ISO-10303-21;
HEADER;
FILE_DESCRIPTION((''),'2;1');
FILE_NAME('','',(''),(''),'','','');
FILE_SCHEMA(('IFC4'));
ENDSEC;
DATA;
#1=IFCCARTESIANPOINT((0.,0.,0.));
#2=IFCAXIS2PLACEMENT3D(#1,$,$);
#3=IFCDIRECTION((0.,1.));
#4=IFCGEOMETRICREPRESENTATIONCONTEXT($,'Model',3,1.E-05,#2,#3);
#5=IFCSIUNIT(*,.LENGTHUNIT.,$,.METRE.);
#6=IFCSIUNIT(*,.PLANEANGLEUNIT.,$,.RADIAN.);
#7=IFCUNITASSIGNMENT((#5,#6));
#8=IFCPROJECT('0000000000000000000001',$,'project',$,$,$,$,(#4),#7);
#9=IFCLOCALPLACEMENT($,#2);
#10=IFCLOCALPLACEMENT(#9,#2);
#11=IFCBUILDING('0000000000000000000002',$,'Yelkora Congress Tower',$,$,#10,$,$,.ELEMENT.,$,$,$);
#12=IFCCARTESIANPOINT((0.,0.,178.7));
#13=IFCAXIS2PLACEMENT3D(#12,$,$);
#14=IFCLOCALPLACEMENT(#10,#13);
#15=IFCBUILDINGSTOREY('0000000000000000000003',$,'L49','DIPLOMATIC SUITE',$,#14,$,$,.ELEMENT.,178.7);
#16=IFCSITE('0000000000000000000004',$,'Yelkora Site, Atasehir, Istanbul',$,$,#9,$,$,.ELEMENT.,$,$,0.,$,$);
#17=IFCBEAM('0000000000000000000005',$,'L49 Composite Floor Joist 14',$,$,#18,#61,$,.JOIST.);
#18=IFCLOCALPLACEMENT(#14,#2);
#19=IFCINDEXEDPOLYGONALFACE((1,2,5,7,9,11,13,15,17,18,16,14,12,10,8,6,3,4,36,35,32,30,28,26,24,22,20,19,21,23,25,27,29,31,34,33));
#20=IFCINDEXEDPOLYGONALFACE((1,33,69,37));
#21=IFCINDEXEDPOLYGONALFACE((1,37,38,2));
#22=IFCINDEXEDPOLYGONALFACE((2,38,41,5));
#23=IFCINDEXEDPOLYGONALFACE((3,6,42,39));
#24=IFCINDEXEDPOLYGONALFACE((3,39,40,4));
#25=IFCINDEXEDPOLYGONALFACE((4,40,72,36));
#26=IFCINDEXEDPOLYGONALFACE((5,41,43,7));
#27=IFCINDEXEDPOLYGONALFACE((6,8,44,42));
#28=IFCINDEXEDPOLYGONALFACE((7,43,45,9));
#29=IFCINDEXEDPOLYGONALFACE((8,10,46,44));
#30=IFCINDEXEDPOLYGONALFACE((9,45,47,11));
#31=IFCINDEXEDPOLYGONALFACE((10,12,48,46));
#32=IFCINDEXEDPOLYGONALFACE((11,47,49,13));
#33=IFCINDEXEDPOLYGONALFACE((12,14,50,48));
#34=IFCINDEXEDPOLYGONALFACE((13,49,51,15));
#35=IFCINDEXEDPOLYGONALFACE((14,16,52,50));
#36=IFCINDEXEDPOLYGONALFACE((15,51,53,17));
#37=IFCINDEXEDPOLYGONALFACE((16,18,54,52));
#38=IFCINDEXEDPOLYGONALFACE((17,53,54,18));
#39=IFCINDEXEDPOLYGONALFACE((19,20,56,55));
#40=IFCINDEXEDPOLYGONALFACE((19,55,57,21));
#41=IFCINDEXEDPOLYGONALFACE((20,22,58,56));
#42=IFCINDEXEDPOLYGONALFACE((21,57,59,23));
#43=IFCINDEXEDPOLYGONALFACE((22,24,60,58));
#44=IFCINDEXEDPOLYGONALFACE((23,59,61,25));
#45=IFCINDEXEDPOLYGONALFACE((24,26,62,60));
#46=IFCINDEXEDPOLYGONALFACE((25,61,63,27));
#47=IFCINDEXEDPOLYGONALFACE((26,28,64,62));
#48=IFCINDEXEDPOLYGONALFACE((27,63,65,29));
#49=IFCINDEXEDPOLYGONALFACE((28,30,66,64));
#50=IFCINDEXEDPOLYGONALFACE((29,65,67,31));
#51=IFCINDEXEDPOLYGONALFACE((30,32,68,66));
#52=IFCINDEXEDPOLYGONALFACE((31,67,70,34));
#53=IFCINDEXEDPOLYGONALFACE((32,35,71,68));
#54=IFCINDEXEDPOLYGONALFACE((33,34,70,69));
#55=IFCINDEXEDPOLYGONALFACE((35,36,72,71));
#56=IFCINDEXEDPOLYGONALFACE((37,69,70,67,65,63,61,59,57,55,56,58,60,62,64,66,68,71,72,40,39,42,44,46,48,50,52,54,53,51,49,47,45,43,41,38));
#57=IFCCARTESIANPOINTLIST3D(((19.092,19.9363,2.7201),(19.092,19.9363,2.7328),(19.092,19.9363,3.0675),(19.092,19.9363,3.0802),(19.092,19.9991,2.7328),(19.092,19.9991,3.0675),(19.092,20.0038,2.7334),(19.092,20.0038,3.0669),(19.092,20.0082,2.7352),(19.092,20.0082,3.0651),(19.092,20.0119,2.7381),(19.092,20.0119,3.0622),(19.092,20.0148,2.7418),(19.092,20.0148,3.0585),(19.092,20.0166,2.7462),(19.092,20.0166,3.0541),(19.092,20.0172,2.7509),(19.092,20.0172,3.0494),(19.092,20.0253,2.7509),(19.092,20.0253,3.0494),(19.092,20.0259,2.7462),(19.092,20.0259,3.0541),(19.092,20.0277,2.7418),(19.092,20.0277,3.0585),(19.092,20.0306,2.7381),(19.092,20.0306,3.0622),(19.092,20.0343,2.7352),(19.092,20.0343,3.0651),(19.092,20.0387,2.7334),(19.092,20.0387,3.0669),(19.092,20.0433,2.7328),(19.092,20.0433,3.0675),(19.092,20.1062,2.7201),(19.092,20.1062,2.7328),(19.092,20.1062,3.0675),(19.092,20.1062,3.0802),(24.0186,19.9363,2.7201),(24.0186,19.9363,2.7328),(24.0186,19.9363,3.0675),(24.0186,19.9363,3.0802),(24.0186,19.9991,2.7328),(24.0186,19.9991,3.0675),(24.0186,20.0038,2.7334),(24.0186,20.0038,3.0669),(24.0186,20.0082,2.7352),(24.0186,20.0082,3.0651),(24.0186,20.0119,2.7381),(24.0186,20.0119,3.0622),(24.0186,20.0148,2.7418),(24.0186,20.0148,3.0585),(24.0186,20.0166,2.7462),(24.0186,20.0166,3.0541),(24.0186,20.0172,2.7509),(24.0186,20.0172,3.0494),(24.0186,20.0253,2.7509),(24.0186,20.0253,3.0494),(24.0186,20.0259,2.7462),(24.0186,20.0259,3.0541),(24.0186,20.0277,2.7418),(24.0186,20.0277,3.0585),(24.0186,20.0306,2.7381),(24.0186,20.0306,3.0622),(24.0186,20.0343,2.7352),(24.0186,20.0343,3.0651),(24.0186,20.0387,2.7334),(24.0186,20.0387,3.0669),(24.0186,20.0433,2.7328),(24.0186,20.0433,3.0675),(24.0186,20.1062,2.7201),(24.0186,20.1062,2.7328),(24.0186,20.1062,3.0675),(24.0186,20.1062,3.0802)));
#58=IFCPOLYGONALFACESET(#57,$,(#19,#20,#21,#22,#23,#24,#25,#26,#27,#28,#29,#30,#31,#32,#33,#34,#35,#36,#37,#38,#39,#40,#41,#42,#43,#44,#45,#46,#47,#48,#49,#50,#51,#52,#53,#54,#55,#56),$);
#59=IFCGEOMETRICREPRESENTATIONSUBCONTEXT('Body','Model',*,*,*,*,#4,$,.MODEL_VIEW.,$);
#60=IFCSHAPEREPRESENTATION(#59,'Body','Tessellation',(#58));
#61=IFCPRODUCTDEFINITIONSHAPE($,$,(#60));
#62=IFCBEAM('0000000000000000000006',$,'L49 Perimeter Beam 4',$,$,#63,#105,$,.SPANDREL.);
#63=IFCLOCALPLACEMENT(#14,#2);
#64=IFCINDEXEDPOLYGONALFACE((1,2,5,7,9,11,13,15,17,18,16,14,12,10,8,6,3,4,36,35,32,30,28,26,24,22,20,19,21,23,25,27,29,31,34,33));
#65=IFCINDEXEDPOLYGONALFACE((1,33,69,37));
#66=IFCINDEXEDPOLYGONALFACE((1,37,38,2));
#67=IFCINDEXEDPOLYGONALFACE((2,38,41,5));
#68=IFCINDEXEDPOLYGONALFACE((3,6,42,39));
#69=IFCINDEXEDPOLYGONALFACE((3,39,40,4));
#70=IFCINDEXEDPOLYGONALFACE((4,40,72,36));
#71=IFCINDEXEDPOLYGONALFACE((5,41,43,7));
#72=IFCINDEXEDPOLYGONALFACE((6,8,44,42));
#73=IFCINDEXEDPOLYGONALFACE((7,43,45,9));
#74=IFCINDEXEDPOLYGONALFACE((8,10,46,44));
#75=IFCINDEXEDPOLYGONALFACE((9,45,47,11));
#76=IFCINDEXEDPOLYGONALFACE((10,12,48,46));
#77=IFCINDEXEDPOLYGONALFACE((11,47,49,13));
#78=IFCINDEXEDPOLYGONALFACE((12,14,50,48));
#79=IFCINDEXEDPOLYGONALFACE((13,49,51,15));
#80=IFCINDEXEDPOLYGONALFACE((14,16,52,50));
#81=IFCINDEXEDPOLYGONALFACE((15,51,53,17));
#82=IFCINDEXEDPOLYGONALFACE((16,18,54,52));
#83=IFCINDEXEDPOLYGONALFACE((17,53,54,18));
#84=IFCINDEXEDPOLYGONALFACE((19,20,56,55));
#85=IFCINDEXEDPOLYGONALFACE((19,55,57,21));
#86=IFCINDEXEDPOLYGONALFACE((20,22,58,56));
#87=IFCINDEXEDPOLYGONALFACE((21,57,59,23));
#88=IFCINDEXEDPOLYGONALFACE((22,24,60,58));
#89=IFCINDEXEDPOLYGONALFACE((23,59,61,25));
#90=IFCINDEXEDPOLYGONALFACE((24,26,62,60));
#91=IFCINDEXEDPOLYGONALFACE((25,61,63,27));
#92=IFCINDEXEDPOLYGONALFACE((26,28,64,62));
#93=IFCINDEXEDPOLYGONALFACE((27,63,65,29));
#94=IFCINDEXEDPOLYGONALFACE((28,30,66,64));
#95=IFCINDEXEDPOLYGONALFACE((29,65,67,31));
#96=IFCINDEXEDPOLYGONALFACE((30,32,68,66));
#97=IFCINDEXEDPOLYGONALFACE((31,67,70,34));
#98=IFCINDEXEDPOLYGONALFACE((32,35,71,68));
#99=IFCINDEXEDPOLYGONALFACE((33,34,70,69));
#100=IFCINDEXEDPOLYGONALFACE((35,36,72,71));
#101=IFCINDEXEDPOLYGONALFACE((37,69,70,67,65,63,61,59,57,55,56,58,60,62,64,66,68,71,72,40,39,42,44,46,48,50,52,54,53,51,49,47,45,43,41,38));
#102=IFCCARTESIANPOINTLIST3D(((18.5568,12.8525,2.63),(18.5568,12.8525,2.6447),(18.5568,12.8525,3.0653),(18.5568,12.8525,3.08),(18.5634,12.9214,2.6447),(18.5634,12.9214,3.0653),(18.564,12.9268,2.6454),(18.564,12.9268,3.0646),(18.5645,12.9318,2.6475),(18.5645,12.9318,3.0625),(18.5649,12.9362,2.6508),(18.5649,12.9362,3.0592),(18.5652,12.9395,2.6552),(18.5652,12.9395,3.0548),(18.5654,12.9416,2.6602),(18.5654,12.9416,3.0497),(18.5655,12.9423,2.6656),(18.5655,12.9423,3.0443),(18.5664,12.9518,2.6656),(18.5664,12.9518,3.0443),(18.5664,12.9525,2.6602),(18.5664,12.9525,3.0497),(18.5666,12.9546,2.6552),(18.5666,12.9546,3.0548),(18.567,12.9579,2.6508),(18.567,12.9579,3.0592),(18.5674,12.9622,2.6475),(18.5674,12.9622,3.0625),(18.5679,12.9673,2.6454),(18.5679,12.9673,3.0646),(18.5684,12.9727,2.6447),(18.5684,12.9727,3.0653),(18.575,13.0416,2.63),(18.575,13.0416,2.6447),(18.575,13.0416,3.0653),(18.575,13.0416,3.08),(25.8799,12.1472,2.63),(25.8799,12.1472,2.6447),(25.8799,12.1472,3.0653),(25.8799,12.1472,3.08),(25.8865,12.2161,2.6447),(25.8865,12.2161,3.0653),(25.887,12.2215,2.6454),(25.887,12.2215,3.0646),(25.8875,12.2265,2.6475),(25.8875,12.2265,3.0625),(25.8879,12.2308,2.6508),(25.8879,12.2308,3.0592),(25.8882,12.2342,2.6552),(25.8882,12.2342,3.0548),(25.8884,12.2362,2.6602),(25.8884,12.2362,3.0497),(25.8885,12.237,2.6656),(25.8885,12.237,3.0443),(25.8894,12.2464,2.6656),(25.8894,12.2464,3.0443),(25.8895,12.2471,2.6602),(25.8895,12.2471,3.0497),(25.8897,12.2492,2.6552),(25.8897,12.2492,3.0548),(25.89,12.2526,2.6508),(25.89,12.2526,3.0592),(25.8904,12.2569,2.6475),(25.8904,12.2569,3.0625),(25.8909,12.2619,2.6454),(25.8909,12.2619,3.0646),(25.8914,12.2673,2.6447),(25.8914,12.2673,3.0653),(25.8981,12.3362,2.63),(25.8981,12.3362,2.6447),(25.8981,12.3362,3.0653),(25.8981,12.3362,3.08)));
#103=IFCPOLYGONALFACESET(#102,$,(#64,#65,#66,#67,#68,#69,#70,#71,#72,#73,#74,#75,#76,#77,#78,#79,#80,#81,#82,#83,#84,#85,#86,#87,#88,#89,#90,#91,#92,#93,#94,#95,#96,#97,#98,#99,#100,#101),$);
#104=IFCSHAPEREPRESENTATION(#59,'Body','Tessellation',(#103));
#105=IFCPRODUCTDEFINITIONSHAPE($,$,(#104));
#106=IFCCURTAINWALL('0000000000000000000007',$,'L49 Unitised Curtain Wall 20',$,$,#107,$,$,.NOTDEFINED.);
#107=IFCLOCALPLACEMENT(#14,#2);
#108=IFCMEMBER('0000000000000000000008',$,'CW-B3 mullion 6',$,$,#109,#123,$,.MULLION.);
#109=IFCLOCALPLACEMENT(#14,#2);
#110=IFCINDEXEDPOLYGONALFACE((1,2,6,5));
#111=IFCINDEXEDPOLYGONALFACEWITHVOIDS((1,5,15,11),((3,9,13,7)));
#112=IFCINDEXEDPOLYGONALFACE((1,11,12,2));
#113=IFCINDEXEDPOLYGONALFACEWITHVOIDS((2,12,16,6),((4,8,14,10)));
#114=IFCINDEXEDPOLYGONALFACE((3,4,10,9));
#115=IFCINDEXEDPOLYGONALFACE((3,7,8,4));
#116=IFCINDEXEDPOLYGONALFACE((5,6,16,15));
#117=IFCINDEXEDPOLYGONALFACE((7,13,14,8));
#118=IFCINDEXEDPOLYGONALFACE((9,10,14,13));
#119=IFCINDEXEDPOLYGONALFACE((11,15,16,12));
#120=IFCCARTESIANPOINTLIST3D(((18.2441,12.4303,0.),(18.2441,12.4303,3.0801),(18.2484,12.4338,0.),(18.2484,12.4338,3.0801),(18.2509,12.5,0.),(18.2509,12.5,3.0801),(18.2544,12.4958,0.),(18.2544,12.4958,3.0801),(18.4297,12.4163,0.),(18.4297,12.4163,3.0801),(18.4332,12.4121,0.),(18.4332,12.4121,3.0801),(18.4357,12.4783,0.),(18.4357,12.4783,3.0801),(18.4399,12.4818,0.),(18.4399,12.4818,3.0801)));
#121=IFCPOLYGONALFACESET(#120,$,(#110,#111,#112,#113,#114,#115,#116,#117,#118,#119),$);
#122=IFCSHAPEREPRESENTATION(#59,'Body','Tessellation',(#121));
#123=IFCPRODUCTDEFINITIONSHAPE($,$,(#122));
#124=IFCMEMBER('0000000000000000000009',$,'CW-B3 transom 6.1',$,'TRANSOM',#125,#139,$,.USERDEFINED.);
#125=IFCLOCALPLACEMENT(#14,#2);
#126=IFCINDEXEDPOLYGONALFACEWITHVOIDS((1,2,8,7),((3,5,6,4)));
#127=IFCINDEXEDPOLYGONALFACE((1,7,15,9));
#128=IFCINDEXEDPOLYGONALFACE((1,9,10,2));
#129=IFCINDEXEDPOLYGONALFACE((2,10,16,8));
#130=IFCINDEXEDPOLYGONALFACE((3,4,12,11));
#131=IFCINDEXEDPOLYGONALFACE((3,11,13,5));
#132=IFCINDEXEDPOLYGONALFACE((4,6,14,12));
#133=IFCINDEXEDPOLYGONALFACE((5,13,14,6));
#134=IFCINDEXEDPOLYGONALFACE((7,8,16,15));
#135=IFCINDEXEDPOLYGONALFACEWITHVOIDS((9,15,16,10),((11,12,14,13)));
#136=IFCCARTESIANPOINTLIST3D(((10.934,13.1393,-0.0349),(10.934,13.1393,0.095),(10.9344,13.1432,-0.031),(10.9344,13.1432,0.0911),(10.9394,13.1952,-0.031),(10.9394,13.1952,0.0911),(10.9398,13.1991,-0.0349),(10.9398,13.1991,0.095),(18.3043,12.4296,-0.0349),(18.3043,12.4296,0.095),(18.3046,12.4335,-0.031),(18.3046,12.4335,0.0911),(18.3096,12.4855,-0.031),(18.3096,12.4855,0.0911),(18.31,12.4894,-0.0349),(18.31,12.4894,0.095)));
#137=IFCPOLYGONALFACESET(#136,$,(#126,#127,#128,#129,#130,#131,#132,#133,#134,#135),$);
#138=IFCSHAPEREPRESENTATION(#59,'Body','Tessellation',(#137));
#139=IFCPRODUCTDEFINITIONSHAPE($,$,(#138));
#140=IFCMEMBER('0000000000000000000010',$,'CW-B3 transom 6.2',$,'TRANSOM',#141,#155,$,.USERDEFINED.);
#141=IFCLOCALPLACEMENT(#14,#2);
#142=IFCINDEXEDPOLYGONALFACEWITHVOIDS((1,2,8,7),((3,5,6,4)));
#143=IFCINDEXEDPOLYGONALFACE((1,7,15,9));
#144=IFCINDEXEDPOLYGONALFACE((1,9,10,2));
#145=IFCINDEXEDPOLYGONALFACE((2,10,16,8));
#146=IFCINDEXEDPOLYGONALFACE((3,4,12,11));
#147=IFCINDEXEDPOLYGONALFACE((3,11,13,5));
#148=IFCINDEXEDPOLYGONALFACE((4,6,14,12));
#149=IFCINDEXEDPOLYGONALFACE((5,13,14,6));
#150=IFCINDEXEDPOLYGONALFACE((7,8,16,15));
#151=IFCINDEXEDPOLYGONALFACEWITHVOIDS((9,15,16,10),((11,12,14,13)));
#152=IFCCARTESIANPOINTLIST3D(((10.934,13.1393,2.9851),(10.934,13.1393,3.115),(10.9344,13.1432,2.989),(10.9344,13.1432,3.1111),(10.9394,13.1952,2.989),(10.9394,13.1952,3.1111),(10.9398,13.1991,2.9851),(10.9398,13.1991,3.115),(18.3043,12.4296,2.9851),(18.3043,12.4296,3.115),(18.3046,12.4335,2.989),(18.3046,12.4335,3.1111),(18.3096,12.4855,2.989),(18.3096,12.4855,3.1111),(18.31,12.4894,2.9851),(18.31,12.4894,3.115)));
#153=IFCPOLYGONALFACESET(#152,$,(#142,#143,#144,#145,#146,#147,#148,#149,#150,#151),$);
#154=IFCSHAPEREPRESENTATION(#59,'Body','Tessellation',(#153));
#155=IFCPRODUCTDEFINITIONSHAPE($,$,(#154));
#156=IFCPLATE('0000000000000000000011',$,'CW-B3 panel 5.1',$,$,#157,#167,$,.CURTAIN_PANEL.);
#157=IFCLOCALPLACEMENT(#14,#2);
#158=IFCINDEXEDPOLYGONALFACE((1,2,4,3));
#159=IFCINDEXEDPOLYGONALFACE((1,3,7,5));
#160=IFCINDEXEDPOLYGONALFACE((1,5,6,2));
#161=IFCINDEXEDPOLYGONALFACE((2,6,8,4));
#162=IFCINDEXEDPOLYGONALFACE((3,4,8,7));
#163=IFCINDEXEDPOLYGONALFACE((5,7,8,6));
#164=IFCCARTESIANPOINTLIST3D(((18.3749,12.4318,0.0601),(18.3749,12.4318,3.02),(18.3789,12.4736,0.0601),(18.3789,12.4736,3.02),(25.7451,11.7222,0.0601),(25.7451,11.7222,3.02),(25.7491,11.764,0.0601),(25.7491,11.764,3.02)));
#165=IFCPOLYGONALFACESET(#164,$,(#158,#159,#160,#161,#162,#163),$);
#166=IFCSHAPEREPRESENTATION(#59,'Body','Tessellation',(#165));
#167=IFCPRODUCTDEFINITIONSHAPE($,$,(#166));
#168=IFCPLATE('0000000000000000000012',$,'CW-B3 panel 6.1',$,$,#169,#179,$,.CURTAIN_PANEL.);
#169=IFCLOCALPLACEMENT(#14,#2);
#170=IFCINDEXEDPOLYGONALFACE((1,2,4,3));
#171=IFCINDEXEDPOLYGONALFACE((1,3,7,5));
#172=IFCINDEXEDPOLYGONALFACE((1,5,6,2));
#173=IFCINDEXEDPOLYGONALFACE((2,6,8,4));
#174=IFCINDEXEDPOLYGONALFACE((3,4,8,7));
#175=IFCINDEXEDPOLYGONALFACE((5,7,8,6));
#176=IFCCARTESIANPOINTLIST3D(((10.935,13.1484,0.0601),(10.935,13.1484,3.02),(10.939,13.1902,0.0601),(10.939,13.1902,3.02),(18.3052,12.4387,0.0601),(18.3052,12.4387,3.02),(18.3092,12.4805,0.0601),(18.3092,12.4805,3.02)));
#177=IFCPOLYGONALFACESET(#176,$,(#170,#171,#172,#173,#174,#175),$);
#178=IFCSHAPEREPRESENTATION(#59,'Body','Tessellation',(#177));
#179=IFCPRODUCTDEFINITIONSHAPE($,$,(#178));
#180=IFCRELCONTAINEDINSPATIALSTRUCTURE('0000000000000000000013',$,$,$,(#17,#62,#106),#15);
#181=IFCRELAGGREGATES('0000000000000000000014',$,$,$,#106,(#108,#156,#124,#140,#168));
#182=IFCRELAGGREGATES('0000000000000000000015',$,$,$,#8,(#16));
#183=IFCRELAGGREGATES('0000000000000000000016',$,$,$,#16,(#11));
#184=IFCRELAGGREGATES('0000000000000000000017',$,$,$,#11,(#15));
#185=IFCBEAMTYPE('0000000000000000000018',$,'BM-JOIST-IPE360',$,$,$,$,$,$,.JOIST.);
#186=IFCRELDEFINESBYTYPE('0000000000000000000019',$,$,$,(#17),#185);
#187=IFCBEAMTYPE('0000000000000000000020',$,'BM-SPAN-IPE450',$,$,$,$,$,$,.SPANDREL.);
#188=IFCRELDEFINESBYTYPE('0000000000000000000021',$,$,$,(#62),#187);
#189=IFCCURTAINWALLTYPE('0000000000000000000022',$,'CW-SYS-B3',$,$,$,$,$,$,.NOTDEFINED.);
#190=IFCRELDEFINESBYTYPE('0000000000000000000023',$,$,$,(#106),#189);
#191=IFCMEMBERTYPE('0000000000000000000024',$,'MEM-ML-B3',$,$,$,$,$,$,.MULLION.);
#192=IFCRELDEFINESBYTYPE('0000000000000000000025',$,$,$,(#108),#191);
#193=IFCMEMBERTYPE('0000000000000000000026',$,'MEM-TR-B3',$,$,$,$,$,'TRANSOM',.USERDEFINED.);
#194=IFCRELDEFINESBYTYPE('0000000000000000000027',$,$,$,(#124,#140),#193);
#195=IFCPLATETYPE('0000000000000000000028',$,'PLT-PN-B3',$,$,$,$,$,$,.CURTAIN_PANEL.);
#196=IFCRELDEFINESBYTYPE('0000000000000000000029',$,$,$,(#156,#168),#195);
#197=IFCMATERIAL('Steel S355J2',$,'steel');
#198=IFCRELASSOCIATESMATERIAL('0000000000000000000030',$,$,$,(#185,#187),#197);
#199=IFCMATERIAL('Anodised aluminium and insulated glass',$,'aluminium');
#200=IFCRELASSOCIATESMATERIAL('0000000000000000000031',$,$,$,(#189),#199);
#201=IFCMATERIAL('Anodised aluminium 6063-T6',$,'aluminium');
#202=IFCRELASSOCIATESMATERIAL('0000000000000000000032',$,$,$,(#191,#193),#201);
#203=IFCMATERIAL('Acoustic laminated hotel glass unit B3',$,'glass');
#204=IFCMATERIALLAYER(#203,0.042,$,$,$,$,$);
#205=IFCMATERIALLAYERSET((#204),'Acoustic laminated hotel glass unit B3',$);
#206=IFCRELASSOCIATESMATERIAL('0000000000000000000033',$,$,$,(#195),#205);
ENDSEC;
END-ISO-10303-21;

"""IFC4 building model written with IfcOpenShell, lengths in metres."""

from ifc_helpers import new_model, si_unit, direction, frame, origin, origin_2d, place, context, subcontext, project, spatial, rectangle, hollow_rectangle, i_section, extrude, material, layer, layer_set, material_profile, profile_set, type_object, element, aggregate, save


model = new_model("IFC4")

# Units and contexts
model_context = context("Model", 3, precision=1e-05, world=origin(), true_north=direction((0.0, 1.0)))
body_context = subcontext(model_context, "Body", "Model", "MODEL_VIEW")
ifc_project = project(units=[si_unit("LENGTHUNIT", "METRE"), si_unit("PLANEANGLEUNIT", "RADIAN")], contexts=[model_context])

# Site, building, storey
site_placement = place(None, origin())
site = spatial("IfcSite", under=ifc_project, at=site_placement, Name="Yelkora Site, Atasehir, Istanbul", CompositionType="ELEMENT", RefElevation=0.0)
building_placement = place(site_placement, origin())
building = spatial("IfcBuilding", under=site, at=building_placement, Name="Yelkora Congress Tower", CompositionType="ELEMENT")
storey_placement = place(building_placement, frame((0.0, 0.0, 178.7)))
storey = spatial("IfcBuildingStorey", under=building, at=storey_placement, Name="L49", Description="DIPLOMATIC SUITE", CompositionType="ELEMENT", Elevation=178.7)

# Beams
ifc_material_1 = material(Name="Steel S355J2", Category="steel")
ifc_material_profile_1 = material_profile(ifc_material_1, i_section(OverallWidth=0.1699, OverallDepth=0.3601, WebThickness=0.0081, FlangeThickness=0.0127, FilletRadius=0.0181, at=origin_2d()), Name="IPE 360")
ifc_profile_set_1 = profile_set([ifc_material_profile_1], Name="Steel S355J2")
beam_type_1 = type_object("IfcBeamType", Name="BM-JOIST-IPE360", PredefinedType="JOIST", material=ifc_profile_set_1)
beam_1_placement = place(storey_placement, frame((19.092, 20.0212, 2.9001), z_axis=(1.0, 0.0, 0.0), x_axis=(0.0, 1.0, 0.0)))
element("IfcBeam", 1, at=beam_1_placement, inside=storey, type_object=beam_type_1, Name="L49 Composite Floor Joist 14", PredefinedType="JOIST", context=body_context, shape_type="SweptSolid", body=[
    extrude(i_section(OverallWidth=0.1699, OverallDepth=0.3601, WebThickness=0.0081, FlangeThickness=0.0127, FilletRadius=0.0181, at=origin_2d()), origin(), (0.0, 0.0, 1.0), 4.9265),
])
ifc_material_profile_2 = material_profile(ifc_material_1, i_section(OverallWidth=0.1899, OverallDepth=0.45, WebThickness=0.0095, FlangeThickness=0.0146, FilletRadius=0.021, at=origin_2d()), Name="IPE 450")
ifc_profile_set_2 = profile_set([ifc_material_profile_2], Name="Steel S355J2")
beam_type_2 = type_object("IfcBeamType", Name="BM-SPAN-IPE450", PredefinedType="SPANDREL", material=ifc_profile_set_2)
beam_2_placement = place(storey_placement, frame((18.5659, 12.947, 2.855), z_axis=(0.995394, -0.095872, 0.0), x_axis=(0.095872, 0.995394, 0.0)))
element("IfcBeam", 2, at=beam_2_placement, inside=storey, type_object=beam_type_2, Name="L49 Perimeter Beam 4", PredefinedType="SPANDREL", context=body_context, shape_type="SweptSolid", body=[
    extrude(i_section(OverallWidth=0.1899, OverallDepth=0.45, WebThickness=0.0095, FlangeThickness=0.0146, FilletRadius=0.021, at=origin_2d()), origin(), (0.0, 0.0, 1.0), 7.3569),
])

# Curtain wall, members, plates
ifc_material_2 = material(Name="Anodised aluminium and insulated glass", Category="aluminium")
curtain_wall_type = type_object("IfcCurtainWallType", Name="CW-SYS-B3", PredefinedType="NOTDEFINED", material=ifc_material_2)
curtain_wall_placement = place(storey_placement, origin())
curtain_wall = element("IfcCurtainWall", 3, at=curtain_wall_placement, inside=storey, type_object=curtain_wall_type, Name="L49 Unitised Curtain Wall 20", PredefinedType="NOTDEFINED")
ifc_material_3 = material(Name="Anodised aluminium 6063-T6", Category="aluminium")
ifc_material_profile_3 = material_profile(ifc_material_3, hollow_rectangle(XDim=0.0701, YDim=0.1899, WallThickness=0.0039, at=origin_2d()), Name="ALU 70x190x4")
ifc_profile_set_3 = profile_set([ifc_material_profile_3], Name="Anodised aluminium 6063-T6")
member_type_1 = type_object("IfcMemberType", Name="MEM-ML-B3", PredefinedType="MULLION", material=ifc_profile_set_3)
member_1_placement = place(storey_placement, frame((18.342, 12.4561, 0.0), z_axis=(0.0, 0.0, 1.0), x_axis=(-0.095845, -0.995396, 0.0)))
member_1 = element("IfcMember", 4, at=member_1_placement, type_object=member_type_1, Name="CW-B3 mullion 6", PredefinedType="MULLION", context=body_context, shape_type="SweptSolid", body=[
    extrude(hollow_rectangle(XDim=0.0701, YDim=0.1899, WallThickness=0.0039, at=origin_2d()), origin(), (0.0, 0.0, 1.0), 3.0801),
])
ifc_material_profile_4 = material_profile(ifc_material_3, hollow_rectangle(XDim=0.0601, YDim=0.1299, WallThickness=0.0039, at=origin_2d()), Name="ALU 60x130x4")
ifc_profile_set_4 = profile_set([ifc_material_profile_4], Name="Anodised aluminium 6063-T6")
member_type_2 = type_object("IfcMemberType", Name="MEM-TR-B3", ElementType="TRANSOM", PredefinedType="USERDEFINED", material=ifc_profile_set_4)
member_2_placement = place(storey_placement, frame((18.3071, 12.4595, 0.03), z_axis=(-0.995395, 0.095853, 0.0), x_axis=(-0.095853, -0.995395, 0.0)))
member_2 = element("IfcMember", 5, at=member_2_placement, type_object=member_type_2, Name="CW-B3 transom 6.1", ObjectType="TRANSOM", PredefinedType="USERDEFINED", context=body_context, shape_type="SweptSolid", body=[
    extrude(hollow_rectangle(XDim=0.0601, YDim=0.1299, WallThickness=0.0039, at=origin_2d()), origin(), (0.0, 0.0, 1.0), 7.4043),
])
member_3_placement = place(storey_placement, frame((18.3071, 12.4595, 3.05), z_axis=(-0.995395, 0.095853, 0.0), x_axis=(-0.095853, -0.995395, 0.0)))
member_3 = element("IfcMember", 6, at=member_3_placement, type_object=member_type_2, Name="CW-B3 transom 6.2", ObjectType="TRANSOM", PredefinedType="USERDEFINED", context=body_context, shape_type="SweptSolid", body=[
    extrude(hollow_rectangle(XDim=0.0601, YDim=0.1299, WallThickness=0.0039, at=origin_2d()), origin(), (0.0, 0.0, 1.0), 7.4043),
])
ifc_material_4 = material(Name="Acoustic laminated hotel glass unit B3", Category="glass")
ifc_layer_1 = layer(ifc_material_4, 0.042)
ifc_layer_set_1 = layer_set([ifc_layer_1], Name="Acoustic laminated hotel glass unit B3")
plate_type = type_object("IfcPlateType", Name="PLT-PN-B3", PredefinedType="CURTAIN_PANEL", material=ifc_layer_set_1)
plate_1_placement = place(storey_placement, frame((22.062, 12.0979, 0.0601), z_axis=(0.0, 0.0, 1.0), x_axis=(-0.995396, 0.095845, 0.0)))
plate_1 = element("IfcPlate", 7, at=plate_1_placement, type_object=plate_type, Name="CW-B3 panel 5.1", PredefinedType="CURTAIN_PANEL", context=body_context, shape_type="SweptSolid", body=[
    extrude(rectangle(XDim=7.4043, YDim=0.042, at=origin_2d()), origin(), (0.0, 0.0, 1.0), 2.96),
])
plate_2_placement = place(storey_placement, frame((14.6221, 12.8145, 0.0601), z_axis=(0.0, 0.0, 1.0), x_axis=(-0.995396, 0.095845, 0.0)))
plate_2 = element("IfcPlate", 8, at=plate_2_placement, type_object=plate_type, Name="CW-B3 panel 6.1", PredefinedType="CURTAIN_PANEL", context=body_context, shape_type="SweptSolid", body=[
    extrude(rectangle(XDim=7.4043, YDim=0.042, at=origin_2d()), origin(), (0.0, 0.0, 1.0), 2.96),
])
aggregate(curtain_wall, [member_1, plate_1, member_2, member_3, plate_2])

save(model, "model.ifc")
